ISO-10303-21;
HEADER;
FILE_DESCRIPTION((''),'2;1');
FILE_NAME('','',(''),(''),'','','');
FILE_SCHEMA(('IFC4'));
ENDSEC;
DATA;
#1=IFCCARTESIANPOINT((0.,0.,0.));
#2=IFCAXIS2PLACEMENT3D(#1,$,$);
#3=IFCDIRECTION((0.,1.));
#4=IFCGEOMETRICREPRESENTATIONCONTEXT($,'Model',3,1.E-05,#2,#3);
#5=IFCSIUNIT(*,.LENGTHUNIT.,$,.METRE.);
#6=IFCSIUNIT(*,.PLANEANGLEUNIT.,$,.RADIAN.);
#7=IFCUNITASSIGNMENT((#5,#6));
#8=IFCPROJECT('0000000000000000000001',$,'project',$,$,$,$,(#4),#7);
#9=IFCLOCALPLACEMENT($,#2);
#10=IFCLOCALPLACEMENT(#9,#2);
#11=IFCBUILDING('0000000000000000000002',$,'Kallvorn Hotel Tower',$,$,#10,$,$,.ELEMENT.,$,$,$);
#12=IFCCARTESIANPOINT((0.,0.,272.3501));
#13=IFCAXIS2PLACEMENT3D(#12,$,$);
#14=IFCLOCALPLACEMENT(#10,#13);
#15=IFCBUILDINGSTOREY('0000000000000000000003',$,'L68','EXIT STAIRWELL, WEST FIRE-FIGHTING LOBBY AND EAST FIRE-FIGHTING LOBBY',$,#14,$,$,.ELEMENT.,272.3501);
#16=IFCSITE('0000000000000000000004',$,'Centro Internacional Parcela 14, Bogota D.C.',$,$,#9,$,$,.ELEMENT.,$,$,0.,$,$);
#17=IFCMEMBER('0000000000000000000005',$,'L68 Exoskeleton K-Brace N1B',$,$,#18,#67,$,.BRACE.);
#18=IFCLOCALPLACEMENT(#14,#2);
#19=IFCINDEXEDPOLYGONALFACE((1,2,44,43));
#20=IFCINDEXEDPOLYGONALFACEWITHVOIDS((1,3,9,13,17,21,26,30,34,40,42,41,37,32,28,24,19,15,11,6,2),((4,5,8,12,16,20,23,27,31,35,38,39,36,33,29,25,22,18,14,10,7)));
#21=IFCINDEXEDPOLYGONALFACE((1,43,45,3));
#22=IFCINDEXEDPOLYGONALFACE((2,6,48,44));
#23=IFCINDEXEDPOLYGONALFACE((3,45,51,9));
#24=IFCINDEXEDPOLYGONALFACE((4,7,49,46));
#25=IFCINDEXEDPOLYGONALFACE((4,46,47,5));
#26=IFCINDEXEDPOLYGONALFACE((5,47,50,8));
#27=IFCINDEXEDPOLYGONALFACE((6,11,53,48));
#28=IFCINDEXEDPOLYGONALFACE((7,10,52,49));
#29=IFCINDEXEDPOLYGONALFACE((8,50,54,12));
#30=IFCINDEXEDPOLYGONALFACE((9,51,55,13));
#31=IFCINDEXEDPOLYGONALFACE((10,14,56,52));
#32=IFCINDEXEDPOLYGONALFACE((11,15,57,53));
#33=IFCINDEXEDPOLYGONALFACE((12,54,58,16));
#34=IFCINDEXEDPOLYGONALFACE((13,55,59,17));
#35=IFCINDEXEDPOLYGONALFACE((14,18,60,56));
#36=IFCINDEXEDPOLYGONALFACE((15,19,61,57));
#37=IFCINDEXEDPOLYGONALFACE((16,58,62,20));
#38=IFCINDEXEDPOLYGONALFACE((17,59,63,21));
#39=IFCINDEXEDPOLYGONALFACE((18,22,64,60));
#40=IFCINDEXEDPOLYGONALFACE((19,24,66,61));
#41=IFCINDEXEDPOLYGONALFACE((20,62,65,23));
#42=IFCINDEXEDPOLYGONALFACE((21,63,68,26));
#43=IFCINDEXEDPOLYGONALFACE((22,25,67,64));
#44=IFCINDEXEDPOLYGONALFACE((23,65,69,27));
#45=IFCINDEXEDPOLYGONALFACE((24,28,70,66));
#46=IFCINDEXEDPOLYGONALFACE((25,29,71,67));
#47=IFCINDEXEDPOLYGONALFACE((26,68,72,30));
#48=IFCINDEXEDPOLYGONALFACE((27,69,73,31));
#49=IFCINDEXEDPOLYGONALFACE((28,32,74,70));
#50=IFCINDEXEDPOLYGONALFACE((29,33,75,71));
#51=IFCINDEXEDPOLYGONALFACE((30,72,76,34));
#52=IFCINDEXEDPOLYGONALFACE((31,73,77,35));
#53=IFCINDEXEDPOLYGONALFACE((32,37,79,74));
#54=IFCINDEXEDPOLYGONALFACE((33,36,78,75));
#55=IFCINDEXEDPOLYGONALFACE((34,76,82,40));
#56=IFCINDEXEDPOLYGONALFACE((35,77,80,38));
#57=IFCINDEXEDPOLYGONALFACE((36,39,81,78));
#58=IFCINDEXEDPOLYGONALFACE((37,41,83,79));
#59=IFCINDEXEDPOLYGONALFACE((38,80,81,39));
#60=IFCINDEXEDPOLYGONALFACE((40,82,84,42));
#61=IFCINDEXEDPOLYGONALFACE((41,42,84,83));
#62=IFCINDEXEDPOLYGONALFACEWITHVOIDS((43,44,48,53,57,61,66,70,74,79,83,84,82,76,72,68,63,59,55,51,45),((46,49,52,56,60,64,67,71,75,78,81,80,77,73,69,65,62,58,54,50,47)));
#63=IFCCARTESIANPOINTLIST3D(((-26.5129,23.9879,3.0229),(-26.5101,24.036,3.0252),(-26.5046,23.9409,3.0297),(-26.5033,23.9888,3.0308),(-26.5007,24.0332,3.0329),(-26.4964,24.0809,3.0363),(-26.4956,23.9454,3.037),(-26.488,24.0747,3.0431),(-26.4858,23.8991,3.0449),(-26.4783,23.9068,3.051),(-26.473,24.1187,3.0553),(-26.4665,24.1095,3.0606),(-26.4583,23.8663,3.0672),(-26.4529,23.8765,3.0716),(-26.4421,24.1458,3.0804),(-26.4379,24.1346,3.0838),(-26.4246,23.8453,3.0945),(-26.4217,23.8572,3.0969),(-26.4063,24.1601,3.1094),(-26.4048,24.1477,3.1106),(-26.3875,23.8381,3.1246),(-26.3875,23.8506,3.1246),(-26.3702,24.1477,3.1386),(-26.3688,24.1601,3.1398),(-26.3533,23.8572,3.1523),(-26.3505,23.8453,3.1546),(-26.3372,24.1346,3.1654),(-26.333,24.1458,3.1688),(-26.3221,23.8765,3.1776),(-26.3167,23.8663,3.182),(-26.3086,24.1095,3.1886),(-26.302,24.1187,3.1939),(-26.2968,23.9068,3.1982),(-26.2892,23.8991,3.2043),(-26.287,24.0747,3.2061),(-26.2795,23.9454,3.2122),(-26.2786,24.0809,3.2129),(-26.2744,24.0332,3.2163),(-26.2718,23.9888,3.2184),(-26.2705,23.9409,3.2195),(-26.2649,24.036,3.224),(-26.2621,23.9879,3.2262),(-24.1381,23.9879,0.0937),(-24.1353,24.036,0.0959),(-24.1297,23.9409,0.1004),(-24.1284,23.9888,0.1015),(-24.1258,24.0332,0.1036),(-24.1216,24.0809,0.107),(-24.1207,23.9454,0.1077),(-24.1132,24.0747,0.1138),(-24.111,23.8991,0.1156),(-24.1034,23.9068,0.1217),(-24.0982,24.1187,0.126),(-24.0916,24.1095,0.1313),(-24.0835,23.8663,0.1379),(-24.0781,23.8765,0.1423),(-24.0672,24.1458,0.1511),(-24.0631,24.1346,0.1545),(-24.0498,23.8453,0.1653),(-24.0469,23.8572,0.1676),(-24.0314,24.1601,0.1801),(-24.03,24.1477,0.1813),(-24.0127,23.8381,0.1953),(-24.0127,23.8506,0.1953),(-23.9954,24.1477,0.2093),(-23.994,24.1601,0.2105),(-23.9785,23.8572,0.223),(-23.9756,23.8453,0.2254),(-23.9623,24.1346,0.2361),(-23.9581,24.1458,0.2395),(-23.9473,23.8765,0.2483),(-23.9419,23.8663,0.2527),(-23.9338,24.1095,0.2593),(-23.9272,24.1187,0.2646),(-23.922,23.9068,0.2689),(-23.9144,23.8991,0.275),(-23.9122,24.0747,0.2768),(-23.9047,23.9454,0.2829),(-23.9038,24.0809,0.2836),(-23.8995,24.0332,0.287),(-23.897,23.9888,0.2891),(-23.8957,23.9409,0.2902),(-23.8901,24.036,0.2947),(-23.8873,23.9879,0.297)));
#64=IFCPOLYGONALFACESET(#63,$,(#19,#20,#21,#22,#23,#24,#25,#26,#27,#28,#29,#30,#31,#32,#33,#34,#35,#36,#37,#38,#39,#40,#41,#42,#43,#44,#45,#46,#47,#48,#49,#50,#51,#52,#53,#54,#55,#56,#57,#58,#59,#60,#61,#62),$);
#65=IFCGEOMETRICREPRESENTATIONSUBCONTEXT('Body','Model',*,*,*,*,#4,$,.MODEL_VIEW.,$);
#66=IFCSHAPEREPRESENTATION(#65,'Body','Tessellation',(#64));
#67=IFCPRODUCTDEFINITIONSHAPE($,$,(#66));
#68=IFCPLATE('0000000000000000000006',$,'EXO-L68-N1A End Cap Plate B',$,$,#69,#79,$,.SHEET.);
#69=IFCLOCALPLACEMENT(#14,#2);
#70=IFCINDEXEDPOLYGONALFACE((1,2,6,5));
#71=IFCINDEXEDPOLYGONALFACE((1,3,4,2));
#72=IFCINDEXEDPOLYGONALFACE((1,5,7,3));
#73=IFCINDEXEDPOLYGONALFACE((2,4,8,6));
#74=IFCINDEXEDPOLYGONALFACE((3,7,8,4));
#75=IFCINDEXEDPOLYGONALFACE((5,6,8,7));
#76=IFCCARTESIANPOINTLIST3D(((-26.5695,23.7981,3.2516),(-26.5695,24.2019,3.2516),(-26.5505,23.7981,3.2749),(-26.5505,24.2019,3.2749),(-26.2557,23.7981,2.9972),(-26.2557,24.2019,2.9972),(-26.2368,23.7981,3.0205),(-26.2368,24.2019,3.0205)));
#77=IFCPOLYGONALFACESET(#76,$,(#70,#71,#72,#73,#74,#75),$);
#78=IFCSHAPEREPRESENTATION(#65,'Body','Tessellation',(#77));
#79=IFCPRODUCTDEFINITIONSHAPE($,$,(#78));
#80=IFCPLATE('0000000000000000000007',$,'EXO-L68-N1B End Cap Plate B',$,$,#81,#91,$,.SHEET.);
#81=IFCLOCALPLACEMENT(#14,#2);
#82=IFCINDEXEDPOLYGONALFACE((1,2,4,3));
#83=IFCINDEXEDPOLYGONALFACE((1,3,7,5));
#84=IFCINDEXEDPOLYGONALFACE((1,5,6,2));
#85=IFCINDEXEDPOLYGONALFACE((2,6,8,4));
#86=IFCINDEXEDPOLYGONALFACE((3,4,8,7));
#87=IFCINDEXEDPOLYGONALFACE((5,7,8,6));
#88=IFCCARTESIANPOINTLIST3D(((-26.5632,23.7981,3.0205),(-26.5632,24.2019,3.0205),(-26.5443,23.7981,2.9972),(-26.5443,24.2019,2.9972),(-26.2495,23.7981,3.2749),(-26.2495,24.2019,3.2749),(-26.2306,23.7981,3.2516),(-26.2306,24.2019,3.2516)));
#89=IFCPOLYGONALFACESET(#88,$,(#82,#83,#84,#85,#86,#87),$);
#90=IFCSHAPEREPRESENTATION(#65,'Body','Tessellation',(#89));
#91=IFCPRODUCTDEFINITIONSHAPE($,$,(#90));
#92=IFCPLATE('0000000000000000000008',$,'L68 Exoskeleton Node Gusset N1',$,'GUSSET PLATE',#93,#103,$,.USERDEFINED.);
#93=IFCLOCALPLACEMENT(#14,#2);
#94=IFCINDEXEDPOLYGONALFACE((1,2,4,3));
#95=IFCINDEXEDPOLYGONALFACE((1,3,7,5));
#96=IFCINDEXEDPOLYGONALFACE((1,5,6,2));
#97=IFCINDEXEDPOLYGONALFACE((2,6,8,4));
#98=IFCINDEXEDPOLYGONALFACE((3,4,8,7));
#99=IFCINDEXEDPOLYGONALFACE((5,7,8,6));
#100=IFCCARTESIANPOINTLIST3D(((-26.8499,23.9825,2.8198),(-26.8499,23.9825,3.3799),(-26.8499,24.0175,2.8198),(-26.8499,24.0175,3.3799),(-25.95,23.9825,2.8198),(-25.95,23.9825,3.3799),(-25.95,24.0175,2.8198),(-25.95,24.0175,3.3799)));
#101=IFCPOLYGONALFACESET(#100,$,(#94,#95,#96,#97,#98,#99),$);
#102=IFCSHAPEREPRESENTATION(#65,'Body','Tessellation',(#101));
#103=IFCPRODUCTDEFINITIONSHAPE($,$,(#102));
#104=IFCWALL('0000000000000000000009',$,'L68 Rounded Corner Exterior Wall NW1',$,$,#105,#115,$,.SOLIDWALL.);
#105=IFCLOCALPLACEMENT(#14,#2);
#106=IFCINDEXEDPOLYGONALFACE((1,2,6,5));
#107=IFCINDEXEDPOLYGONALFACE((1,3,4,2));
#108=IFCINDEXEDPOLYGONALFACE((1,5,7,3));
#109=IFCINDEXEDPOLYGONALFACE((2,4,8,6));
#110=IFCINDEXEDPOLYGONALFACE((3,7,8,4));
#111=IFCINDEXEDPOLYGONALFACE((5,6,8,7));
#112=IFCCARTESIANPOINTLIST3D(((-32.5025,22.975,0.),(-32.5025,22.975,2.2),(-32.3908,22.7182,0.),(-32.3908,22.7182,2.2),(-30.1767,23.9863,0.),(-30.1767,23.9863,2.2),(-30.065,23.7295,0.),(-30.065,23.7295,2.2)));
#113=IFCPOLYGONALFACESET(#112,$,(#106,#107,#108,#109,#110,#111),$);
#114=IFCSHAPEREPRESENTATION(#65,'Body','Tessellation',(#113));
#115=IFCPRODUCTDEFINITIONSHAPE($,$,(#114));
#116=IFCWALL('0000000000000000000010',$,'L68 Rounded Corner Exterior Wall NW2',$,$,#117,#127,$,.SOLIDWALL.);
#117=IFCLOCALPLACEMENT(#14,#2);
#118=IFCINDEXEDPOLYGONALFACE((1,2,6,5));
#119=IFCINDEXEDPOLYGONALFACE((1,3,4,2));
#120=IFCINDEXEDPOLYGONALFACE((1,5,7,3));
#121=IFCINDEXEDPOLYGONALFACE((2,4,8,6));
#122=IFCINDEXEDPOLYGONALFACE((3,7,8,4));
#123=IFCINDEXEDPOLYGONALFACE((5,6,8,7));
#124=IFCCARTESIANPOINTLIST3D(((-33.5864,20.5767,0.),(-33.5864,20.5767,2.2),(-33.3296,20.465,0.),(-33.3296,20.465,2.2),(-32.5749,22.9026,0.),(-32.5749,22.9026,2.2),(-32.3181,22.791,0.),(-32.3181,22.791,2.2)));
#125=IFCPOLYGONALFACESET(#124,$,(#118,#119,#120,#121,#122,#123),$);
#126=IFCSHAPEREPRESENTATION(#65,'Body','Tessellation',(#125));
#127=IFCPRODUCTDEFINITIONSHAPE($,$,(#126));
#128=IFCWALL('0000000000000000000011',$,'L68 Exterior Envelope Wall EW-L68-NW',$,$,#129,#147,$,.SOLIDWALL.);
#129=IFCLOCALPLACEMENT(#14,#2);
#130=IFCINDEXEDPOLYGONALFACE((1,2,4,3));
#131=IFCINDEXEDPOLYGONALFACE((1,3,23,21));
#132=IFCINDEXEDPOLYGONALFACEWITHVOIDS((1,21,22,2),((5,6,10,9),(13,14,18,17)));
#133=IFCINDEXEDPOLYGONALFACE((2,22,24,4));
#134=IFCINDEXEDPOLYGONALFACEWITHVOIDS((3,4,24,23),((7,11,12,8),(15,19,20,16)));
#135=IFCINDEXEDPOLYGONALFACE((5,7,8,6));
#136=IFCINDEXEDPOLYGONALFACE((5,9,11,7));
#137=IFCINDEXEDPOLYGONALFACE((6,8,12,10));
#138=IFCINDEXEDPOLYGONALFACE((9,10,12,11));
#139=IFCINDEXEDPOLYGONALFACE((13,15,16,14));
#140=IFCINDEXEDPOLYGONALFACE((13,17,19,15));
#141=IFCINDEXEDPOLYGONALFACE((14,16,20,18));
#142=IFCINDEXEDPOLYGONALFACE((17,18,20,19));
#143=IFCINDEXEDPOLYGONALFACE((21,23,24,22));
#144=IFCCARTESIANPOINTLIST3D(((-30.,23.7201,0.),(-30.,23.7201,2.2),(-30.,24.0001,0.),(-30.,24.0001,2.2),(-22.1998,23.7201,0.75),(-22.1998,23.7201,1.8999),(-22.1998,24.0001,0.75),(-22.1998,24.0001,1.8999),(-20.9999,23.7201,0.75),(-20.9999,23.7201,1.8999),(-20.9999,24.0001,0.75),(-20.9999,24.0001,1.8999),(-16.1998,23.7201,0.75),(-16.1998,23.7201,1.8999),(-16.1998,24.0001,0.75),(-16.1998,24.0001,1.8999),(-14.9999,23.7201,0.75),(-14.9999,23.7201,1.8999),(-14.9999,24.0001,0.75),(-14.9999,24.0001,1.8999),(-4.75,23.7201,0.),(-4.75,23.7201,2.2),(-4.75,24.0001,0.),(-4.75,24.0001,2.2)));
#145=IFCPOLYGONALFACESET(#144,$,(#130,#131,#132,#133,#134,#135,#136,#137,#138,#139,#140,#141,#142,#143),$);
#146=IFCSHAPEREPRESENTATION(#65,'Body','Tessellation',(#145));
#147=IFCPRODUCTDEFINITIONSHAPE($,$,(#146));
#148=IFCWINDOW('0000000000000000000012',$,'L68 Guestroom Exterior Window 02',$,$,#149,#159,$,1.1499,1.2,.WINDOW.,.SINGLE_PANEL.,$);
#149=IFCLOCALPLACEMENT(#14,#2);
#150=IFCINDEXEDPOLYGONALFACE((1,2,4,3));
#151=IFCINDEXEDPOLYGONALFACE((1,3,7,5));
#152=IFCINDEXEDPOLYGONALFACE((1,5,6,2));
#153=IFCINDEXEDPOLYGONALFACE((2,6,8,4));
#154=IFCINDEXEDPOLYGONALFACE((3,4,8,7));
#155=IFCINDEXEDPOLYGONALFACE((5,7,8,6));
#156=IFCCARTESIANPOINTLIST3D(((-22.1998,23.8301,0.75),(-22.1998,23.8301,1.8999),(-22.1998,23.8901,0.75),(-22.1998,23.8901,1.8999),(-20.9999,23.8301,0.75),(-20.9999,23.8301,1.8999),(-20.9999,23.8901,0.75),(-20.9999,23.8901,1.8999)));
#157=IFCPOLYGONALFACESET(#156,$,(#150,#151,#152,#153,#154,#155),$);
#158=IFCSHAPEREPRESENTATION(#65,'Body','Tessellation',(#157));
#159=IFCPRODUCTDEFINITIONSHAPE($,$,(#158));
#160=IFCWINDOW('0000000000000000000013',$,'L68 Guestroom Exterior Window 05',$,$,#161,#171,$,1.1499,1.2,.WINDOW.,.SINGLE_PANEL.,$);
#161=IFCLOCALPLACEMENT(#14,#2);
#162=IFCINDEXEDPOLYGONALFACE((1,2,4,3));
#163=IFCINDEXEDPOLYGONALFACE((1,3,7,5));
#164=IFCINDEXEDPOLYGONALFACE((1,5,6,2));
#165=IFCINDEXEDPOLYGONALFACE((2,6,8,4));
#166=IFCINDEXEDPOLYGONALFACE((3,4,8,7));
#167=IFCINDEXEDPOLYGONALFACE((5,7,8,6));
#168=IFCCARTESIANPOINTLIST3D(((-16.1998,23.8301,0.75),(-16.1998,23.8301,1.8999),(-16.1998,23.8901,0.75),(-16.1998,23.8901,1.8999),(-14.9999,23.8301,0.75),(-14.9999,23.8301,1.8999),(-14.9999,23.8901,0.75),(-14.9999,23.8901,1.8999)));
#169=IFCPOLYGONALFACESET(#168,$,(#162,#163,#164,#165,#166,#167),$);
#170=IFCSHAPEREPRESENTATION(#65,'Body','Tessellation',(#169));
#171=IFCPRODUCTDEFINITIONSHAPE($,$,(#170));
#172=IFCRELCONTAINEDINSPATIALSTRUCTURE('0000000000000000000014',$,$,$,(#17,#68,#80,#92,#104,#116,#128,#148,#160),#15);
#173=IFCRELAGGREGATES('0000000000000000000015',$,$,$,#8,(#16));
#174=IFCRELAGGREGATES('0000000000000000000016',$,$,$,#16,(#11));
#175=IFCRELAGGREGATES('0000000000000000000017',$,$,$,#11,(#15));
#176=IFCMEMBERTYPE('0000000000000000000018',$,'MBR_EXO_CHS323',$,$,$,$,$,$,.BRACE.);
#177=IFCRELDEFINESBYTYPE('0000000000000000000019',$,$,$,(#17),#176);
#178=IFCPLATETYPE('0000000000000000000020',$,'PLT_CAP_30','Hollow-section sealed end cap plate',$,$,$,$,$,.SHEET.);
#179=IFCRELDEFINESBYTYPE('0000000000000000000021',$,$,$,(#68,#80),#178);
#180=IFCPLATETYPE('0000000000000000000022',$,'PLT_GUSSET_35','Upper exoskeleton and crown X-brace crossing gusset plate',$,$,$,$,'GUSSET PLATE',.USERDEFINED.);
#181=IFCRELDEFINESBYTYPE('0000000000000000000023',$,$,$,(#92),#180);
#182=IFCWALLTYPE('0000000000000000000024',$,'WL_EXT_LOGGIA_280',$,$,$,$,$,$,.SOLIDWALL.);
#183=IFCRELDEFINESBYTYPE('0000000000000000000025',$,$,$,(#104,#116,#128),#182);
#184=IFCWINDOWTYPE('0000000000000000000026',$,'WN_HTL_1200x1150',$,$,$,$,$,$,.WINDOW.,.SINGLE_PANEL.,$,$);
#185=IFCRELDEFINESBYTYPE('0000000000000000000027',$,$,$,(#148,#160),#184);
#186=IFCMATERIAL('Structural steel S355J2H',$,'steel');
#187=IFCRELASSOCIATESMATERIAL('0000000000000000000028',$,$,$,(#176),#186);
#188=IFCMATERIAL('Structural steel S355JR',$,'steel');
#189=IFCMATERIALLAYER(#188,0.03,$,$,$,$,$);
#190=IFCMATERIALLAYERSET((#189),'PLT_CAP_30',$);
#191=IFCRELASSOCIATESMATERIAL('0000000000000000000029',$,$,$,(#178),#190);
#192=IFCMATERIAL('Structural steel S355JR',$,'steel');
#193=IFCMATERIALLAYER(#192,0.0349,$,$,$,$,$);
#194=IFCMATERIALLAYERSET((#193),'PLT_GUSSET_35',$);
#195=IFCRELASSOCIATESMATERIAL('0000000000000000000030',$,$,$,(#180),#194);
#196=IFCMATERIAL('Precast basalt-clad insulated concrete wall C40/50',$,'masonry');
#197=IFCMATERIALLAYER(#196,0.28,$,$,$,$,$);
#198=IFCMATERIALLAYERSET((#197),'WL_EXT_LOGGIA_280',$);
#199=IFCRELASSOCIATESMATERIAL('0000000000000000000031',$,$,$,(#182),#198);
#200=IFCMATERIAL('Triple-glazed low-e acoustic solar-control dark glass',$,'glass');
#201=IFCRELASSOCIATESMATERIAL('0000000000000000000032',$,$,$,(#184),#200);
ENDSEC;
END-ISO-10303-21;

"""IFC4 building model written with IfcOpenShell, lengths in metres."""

from ifc_helpers import new_model, si_unit, direction, frame, frame_2d, origin, origin_2d, place, context, subcontext, project, spatial, polyline, rectangle, hollow_circle, outline, extrude, material, layer, layer_set, material_profile, profile_set, type_object, element, fill, save


model = new_model("IFC4")

# Units and contexts
model_context = context("Model", 3, precision=1e-05, world=origin(), true_north=direction((0.0, 1.0)))
body_context = subcontext(model_context, "Body", "Model", "MODEL_VIEW")
ifc_project = project(units=[si_unit("LENGTHUNIT", "METRE"), si_unit("PLANEANGLEUNIT", "RADIAN")], contexts=[model_context])

# Site, building, storey
site_placement = place(None, origin())
site = spatial("IfcSite", under=ifc_project, at=site_placement, Name="Centro Internacional Parcela 14, Bogota D.C.", CompositionType="ELEMENT", RefElevation=0.0)
building_placement = place(site_placement, origin())
building = spatial("IfcBuilding", under=site, at=building_placement, Name="Kallvorn Hotel Tower", CompositionType="ELEMENT")
storey_placement = place(building_placement, frame((0.0, 0.0, 272.3501)))
storey = spatial("IfcBuildingStorey", under=building, at=storey_placement, Name="L68", Description="EXIT STAIRWELL, WEST FIRE-FIGHTING LOBBY AND EAST FIRE-FIGHTING LOBBY", CompositionType="ELEMENT", Elevation=272.3501)

# Member
ifc_material_1 = material(Name="Structural steel S355J2H", Category="steel")
ifc_material_profile_1 = material_profile(ifc_material_1, hollow_circle(Radius=0.1619, WallThickness=0.0125, at=origin_2d()), Name="CHS 323.9x12.5")
ifc_profile_set_1 = profile_set([ifc_material_profile_1], Name="Structural steel S355J2H")
member_type_1 = type_object("IfcMemberType", Name="MBR_EXO_CHS323", PredefinedType="BRACE", material=ifc_profile_set_1)
for number, where, z_axis, x_axis, name in (
    (1, (-24.0127, 24.0, 0.1953), (-0.629759, 0.0, 0.776791), (0.0, -1.0, 0.0), "L68 Exoskeleton K-Brace N1B"),
):
    element("IfcMember", number, at=place(storey_placement, frame(where, z_axis=z_axis, x_axis=x_axis)), inside=storey, type_object=member_type_1, Name=name, PredefinedType="BRACE", context=body_context, shape_type="SweptSolid", body=[
        extrude(hollow_circle(Radius=0.1619, WallThickness=0.0125, at=origin_2d()), origin(), (0.0, 0.0, 1.0), 3.771),
    ])

# Plates
ifc_material_2 = material(Name="Structural steel S355JR", Category="steel")
ifc_layer_1 = layer(ifc_material_2, 0.03)
ifc_layer_set_1 = layer_set([ifc_layer_1], Name="PLT_CAP_30")
plate_type_1 = type_object("IfcPlateType", Name="PLT_CAP_30", Description="Hollow-section sealed end cap plate", PredefinedType="SHEET", material=ifc_layer_set_1)
for number, where, z_axis, x_axis, name in (
    (2, (-26.2368, 23.7981, 3.0205), (0.629841, 0.0, 0.776724), (0.0, 1.0, 0.0), "EXO-L68-N1A End Cap Plate B"),
    (3, (-26.5632, 24.2019, 3.0205), (-0.629841, 0.0, 0.776724), (0.0, -1.0, 0.0), "EXO-L68-N1B End Cap Plate B"),
):
    element("IfcPlate", number, at=place(storey_placement, frame(where, z_axis=z_axis, x_axis=x_axis)), inside=storey, type_object=plate_type_1, Name=name, PredefinedType="SHEET", context=body_context, shape_type="SweptSolid", body=[
        extrude(outline(polyline([(0.0, 0.0), (0.4038, 0.0), (0.4038, 0.4039), (0.0, 0.4039), (0.0, 0.0)])), origin(), (0.0, 0.0, -1.0), 0.03),
    ])
ifc_material_3 = material(Name="Structural steel S355JR", Category="steel")
ifc_layer_2 = layer(ifc_material_3, 0.0349)
ifc_layer_set_2 = layer_set([ifc_layer_2], Name="PLT_GUSSET_35")
plate_type_2 = type_object("IfcPlateType", Name="PLT_GUSSET_35", Description="Upper exoskeleton and crown X-brace crossing gusset plate", ElementType="GUSSET PLATE", PredefinedType="USERDEFINED", material=ifc_layer_set_2)
plate_placement = place(storey_placement, frame((-26.3999, 24.0, 2.8198), z_axis=(0.0, 0.0, 1.0), x_axis=(1.0, 0.0, 0.0)))
element("IfcPlate", 4, at=plate_placement, inside=storey, type_object=plate_type_2, Name="L68 Exoskeleton Node Gusset N1", ObjectType="GUSSET PLATE", PredefinedType="USERDEFINED", context=body_context, shape_type="SweptSolid", body=[
    extrude(rectangle(XDim=0.8999, YDim=0.0349, at=origin_2d()), origin(), (0.0, 0.0, 1.0), 0.5601),
])

# Walls
ifc_material_4 = material(Name="Precast basalt-clad insulated concrete wall C40/50", Category="masonry")
ifc_layer_3 = layer(ifc_material_4, 0.28)
ifc_layer_set_3 = layer_set([ifc_layer_3], Name="WL_EXT_LOGGIA_280")
wall_type = type_object("IfcWallType", Name="WL_EXT_LOGGIA_280", PredefinedType="SOLIDWALL", material=ifc_layer_set_3)
wall_1_placement = place(storey_placement, frame((-30.1208, 23.8579, 0.0), z_axis=(0.0, 0.0, 1.0), x_axis=(-0.917061, -0.398747, 0.0)))
element("IfcWall", 5, at=wall_1_placement, inside=storey, type_object=wall_type, Name="L68 Rounded Corner Exterior Wall NW1", PredefinedType="SOLIDWALL", context=body_context, shape_type="SweptSolid", body=[
    extrude(rectangle(XDim=2.5361, YDim=0.28, at=frame_2d((1.2681, 0.0))), origin(), (0.0, 0.0, 1.0), 2.2),
])
wall_2_placement = place(storey_placement, frame((-32.4465, 22.8467, 0.0), z_axis=(0.0, 0.0, 1.0), x_axis=(-0.398793, -0.917041, 0.0)))
element("IfcWall", 6, at=wall_2_placement, inside=storey, type_object=wall_type, Name="L68 Rounded Corner Exterior Wall NW2", PredefinedType="SOLIDWALL", context=body_context, shape_type="SweptSolid", body=[
    extrude(rectangle(XDim=2.5364, YDim=0.28, at=frame_2d((1.2681, 0.0))), origin(), (0.0, 0.0, 1.0), 2.2),
])

# Wall, openings, windows
wall_3_placement = place(storey_placement, frame((-30.0, 23.8601, 0.0), z_axis=(0.0, 0.0, 1.0), x_axis=(1.0, 0.0, 0.0)))
wall_3 = element("IfcWall", 7, at=wall_3_placement, inside=storey, type_object=wall_type, Name="L68 Exterior Envelope Wall EW-L68-NW", PredefinedType="SOLIDWALL", context=body_context, shape_type="SweptSolid", body=[
    extrude(rectangle(XDim=25.25, YDim=0.28, at=frame_2d((12.625, 0.0))), origin(), (0.0, 0.0, 1.0), 2.2),
])
opening_1_placement = place(wall_3_placement, frame((7.8, 0.0, 0.75)))
opening_1 = element("IfcOpeningElement", 8, at=opening_1_placement, cuts=wall_3, PredefinedType="OPENING", context=body_context, shape_type="SweptSolid", body=[
    extrude(rectangle(XDim=1.2, YDim=1.1499, at=frame_2d((0.6001, 0.575))), frame((0.0, 0.155, 0.0), z_axis=(0.0, -1.0, 0.0), x_axis=(1.0, 0.0, 0.0)), (0.0, 0.0, 1.0), 0.3101),
])
opening_2_placement = place(wall_3_placement, frame((13.8, 0.0, 0.75)))
opening_2 = element("IfcOpeningElement", 9, at=opening_2_placement, cuts=wall_3, PredefinedType="OPENING", context=body_context, shape_type="SweptSolid", body=[
    extrude(rectangle(XDim=1.2, YDim=1.1499, at=frame_2d((0.6001, 0.575))), frame((0.0, 0.155, 0.0), z_axis=(0.0, -1.0, 0.0), x_axis=(1.0, 0.0, 0.0)), (0.0, 0.0, 1.0), 0.3101),
])
ifc_material_5 = material(Name="Triple-glazed low-e acoustic solar-control dark glass", Category="glass")
window_type = type_object("IfcWindowType", Name="WN_HTL_1200x1150", PartitioningType="SINGLE_PANEL", PredefinedType="WINDOW", material=ifc_material_5)
window_1_placement = place(opening_1_placement, origin())
window_1 = element("IfcWindow", 10, at=window_1_placement, inside=storey, type_object=window_type, Name="L68 Guestroom Exterior Window 02", OverallHeight=1.1499, OverallWidth=1.2, PartitioningType="SINGLE_PANEL", PredefinedType="WINDOW", context=body_context, shape_type="SweptSolid", body=[
    extrude(rectangle(XDim=1.2, YDim=1.1499, at=frame_2d((0.6001, 0.575))), frame((0.0, 0.03, 0.0), z_axis=(0.0, -1.0, 0.0), x_axis=(1.0, 0.0, 0.0)), (0.0, 0.0, 1.0), 0.0601),
])
fill(opening_1, window_1)
window_2_placement = place(opening_2_placement, origin())
window_2 = element("IfcWindow", 11, at=window_2_placement, inside=storey, type_object=window_type, Name="L68 Guestroom Exterior Window 05", OverallHeight=1.1499, OverallWidth=1.2, PartitioningType="SINGLE_PANEL", PredefinedType="WINDOW", context=body_context, shape_type="SweptSolid", body=[
    extrude(rectangle(XDim=1.2, YDim=1.1499, at=frame_2d((0.6001, 0.575))), frame((0.0, 0.03, 0.0), z_axis=(0.0, -1.0, 0.0), x_axis=(1.0, 0.0, 0.0)), (0.0, 0.0, 1.0), 0.0601),
])
fill(opening_2, window_2)

save(model, "model.ifc")
